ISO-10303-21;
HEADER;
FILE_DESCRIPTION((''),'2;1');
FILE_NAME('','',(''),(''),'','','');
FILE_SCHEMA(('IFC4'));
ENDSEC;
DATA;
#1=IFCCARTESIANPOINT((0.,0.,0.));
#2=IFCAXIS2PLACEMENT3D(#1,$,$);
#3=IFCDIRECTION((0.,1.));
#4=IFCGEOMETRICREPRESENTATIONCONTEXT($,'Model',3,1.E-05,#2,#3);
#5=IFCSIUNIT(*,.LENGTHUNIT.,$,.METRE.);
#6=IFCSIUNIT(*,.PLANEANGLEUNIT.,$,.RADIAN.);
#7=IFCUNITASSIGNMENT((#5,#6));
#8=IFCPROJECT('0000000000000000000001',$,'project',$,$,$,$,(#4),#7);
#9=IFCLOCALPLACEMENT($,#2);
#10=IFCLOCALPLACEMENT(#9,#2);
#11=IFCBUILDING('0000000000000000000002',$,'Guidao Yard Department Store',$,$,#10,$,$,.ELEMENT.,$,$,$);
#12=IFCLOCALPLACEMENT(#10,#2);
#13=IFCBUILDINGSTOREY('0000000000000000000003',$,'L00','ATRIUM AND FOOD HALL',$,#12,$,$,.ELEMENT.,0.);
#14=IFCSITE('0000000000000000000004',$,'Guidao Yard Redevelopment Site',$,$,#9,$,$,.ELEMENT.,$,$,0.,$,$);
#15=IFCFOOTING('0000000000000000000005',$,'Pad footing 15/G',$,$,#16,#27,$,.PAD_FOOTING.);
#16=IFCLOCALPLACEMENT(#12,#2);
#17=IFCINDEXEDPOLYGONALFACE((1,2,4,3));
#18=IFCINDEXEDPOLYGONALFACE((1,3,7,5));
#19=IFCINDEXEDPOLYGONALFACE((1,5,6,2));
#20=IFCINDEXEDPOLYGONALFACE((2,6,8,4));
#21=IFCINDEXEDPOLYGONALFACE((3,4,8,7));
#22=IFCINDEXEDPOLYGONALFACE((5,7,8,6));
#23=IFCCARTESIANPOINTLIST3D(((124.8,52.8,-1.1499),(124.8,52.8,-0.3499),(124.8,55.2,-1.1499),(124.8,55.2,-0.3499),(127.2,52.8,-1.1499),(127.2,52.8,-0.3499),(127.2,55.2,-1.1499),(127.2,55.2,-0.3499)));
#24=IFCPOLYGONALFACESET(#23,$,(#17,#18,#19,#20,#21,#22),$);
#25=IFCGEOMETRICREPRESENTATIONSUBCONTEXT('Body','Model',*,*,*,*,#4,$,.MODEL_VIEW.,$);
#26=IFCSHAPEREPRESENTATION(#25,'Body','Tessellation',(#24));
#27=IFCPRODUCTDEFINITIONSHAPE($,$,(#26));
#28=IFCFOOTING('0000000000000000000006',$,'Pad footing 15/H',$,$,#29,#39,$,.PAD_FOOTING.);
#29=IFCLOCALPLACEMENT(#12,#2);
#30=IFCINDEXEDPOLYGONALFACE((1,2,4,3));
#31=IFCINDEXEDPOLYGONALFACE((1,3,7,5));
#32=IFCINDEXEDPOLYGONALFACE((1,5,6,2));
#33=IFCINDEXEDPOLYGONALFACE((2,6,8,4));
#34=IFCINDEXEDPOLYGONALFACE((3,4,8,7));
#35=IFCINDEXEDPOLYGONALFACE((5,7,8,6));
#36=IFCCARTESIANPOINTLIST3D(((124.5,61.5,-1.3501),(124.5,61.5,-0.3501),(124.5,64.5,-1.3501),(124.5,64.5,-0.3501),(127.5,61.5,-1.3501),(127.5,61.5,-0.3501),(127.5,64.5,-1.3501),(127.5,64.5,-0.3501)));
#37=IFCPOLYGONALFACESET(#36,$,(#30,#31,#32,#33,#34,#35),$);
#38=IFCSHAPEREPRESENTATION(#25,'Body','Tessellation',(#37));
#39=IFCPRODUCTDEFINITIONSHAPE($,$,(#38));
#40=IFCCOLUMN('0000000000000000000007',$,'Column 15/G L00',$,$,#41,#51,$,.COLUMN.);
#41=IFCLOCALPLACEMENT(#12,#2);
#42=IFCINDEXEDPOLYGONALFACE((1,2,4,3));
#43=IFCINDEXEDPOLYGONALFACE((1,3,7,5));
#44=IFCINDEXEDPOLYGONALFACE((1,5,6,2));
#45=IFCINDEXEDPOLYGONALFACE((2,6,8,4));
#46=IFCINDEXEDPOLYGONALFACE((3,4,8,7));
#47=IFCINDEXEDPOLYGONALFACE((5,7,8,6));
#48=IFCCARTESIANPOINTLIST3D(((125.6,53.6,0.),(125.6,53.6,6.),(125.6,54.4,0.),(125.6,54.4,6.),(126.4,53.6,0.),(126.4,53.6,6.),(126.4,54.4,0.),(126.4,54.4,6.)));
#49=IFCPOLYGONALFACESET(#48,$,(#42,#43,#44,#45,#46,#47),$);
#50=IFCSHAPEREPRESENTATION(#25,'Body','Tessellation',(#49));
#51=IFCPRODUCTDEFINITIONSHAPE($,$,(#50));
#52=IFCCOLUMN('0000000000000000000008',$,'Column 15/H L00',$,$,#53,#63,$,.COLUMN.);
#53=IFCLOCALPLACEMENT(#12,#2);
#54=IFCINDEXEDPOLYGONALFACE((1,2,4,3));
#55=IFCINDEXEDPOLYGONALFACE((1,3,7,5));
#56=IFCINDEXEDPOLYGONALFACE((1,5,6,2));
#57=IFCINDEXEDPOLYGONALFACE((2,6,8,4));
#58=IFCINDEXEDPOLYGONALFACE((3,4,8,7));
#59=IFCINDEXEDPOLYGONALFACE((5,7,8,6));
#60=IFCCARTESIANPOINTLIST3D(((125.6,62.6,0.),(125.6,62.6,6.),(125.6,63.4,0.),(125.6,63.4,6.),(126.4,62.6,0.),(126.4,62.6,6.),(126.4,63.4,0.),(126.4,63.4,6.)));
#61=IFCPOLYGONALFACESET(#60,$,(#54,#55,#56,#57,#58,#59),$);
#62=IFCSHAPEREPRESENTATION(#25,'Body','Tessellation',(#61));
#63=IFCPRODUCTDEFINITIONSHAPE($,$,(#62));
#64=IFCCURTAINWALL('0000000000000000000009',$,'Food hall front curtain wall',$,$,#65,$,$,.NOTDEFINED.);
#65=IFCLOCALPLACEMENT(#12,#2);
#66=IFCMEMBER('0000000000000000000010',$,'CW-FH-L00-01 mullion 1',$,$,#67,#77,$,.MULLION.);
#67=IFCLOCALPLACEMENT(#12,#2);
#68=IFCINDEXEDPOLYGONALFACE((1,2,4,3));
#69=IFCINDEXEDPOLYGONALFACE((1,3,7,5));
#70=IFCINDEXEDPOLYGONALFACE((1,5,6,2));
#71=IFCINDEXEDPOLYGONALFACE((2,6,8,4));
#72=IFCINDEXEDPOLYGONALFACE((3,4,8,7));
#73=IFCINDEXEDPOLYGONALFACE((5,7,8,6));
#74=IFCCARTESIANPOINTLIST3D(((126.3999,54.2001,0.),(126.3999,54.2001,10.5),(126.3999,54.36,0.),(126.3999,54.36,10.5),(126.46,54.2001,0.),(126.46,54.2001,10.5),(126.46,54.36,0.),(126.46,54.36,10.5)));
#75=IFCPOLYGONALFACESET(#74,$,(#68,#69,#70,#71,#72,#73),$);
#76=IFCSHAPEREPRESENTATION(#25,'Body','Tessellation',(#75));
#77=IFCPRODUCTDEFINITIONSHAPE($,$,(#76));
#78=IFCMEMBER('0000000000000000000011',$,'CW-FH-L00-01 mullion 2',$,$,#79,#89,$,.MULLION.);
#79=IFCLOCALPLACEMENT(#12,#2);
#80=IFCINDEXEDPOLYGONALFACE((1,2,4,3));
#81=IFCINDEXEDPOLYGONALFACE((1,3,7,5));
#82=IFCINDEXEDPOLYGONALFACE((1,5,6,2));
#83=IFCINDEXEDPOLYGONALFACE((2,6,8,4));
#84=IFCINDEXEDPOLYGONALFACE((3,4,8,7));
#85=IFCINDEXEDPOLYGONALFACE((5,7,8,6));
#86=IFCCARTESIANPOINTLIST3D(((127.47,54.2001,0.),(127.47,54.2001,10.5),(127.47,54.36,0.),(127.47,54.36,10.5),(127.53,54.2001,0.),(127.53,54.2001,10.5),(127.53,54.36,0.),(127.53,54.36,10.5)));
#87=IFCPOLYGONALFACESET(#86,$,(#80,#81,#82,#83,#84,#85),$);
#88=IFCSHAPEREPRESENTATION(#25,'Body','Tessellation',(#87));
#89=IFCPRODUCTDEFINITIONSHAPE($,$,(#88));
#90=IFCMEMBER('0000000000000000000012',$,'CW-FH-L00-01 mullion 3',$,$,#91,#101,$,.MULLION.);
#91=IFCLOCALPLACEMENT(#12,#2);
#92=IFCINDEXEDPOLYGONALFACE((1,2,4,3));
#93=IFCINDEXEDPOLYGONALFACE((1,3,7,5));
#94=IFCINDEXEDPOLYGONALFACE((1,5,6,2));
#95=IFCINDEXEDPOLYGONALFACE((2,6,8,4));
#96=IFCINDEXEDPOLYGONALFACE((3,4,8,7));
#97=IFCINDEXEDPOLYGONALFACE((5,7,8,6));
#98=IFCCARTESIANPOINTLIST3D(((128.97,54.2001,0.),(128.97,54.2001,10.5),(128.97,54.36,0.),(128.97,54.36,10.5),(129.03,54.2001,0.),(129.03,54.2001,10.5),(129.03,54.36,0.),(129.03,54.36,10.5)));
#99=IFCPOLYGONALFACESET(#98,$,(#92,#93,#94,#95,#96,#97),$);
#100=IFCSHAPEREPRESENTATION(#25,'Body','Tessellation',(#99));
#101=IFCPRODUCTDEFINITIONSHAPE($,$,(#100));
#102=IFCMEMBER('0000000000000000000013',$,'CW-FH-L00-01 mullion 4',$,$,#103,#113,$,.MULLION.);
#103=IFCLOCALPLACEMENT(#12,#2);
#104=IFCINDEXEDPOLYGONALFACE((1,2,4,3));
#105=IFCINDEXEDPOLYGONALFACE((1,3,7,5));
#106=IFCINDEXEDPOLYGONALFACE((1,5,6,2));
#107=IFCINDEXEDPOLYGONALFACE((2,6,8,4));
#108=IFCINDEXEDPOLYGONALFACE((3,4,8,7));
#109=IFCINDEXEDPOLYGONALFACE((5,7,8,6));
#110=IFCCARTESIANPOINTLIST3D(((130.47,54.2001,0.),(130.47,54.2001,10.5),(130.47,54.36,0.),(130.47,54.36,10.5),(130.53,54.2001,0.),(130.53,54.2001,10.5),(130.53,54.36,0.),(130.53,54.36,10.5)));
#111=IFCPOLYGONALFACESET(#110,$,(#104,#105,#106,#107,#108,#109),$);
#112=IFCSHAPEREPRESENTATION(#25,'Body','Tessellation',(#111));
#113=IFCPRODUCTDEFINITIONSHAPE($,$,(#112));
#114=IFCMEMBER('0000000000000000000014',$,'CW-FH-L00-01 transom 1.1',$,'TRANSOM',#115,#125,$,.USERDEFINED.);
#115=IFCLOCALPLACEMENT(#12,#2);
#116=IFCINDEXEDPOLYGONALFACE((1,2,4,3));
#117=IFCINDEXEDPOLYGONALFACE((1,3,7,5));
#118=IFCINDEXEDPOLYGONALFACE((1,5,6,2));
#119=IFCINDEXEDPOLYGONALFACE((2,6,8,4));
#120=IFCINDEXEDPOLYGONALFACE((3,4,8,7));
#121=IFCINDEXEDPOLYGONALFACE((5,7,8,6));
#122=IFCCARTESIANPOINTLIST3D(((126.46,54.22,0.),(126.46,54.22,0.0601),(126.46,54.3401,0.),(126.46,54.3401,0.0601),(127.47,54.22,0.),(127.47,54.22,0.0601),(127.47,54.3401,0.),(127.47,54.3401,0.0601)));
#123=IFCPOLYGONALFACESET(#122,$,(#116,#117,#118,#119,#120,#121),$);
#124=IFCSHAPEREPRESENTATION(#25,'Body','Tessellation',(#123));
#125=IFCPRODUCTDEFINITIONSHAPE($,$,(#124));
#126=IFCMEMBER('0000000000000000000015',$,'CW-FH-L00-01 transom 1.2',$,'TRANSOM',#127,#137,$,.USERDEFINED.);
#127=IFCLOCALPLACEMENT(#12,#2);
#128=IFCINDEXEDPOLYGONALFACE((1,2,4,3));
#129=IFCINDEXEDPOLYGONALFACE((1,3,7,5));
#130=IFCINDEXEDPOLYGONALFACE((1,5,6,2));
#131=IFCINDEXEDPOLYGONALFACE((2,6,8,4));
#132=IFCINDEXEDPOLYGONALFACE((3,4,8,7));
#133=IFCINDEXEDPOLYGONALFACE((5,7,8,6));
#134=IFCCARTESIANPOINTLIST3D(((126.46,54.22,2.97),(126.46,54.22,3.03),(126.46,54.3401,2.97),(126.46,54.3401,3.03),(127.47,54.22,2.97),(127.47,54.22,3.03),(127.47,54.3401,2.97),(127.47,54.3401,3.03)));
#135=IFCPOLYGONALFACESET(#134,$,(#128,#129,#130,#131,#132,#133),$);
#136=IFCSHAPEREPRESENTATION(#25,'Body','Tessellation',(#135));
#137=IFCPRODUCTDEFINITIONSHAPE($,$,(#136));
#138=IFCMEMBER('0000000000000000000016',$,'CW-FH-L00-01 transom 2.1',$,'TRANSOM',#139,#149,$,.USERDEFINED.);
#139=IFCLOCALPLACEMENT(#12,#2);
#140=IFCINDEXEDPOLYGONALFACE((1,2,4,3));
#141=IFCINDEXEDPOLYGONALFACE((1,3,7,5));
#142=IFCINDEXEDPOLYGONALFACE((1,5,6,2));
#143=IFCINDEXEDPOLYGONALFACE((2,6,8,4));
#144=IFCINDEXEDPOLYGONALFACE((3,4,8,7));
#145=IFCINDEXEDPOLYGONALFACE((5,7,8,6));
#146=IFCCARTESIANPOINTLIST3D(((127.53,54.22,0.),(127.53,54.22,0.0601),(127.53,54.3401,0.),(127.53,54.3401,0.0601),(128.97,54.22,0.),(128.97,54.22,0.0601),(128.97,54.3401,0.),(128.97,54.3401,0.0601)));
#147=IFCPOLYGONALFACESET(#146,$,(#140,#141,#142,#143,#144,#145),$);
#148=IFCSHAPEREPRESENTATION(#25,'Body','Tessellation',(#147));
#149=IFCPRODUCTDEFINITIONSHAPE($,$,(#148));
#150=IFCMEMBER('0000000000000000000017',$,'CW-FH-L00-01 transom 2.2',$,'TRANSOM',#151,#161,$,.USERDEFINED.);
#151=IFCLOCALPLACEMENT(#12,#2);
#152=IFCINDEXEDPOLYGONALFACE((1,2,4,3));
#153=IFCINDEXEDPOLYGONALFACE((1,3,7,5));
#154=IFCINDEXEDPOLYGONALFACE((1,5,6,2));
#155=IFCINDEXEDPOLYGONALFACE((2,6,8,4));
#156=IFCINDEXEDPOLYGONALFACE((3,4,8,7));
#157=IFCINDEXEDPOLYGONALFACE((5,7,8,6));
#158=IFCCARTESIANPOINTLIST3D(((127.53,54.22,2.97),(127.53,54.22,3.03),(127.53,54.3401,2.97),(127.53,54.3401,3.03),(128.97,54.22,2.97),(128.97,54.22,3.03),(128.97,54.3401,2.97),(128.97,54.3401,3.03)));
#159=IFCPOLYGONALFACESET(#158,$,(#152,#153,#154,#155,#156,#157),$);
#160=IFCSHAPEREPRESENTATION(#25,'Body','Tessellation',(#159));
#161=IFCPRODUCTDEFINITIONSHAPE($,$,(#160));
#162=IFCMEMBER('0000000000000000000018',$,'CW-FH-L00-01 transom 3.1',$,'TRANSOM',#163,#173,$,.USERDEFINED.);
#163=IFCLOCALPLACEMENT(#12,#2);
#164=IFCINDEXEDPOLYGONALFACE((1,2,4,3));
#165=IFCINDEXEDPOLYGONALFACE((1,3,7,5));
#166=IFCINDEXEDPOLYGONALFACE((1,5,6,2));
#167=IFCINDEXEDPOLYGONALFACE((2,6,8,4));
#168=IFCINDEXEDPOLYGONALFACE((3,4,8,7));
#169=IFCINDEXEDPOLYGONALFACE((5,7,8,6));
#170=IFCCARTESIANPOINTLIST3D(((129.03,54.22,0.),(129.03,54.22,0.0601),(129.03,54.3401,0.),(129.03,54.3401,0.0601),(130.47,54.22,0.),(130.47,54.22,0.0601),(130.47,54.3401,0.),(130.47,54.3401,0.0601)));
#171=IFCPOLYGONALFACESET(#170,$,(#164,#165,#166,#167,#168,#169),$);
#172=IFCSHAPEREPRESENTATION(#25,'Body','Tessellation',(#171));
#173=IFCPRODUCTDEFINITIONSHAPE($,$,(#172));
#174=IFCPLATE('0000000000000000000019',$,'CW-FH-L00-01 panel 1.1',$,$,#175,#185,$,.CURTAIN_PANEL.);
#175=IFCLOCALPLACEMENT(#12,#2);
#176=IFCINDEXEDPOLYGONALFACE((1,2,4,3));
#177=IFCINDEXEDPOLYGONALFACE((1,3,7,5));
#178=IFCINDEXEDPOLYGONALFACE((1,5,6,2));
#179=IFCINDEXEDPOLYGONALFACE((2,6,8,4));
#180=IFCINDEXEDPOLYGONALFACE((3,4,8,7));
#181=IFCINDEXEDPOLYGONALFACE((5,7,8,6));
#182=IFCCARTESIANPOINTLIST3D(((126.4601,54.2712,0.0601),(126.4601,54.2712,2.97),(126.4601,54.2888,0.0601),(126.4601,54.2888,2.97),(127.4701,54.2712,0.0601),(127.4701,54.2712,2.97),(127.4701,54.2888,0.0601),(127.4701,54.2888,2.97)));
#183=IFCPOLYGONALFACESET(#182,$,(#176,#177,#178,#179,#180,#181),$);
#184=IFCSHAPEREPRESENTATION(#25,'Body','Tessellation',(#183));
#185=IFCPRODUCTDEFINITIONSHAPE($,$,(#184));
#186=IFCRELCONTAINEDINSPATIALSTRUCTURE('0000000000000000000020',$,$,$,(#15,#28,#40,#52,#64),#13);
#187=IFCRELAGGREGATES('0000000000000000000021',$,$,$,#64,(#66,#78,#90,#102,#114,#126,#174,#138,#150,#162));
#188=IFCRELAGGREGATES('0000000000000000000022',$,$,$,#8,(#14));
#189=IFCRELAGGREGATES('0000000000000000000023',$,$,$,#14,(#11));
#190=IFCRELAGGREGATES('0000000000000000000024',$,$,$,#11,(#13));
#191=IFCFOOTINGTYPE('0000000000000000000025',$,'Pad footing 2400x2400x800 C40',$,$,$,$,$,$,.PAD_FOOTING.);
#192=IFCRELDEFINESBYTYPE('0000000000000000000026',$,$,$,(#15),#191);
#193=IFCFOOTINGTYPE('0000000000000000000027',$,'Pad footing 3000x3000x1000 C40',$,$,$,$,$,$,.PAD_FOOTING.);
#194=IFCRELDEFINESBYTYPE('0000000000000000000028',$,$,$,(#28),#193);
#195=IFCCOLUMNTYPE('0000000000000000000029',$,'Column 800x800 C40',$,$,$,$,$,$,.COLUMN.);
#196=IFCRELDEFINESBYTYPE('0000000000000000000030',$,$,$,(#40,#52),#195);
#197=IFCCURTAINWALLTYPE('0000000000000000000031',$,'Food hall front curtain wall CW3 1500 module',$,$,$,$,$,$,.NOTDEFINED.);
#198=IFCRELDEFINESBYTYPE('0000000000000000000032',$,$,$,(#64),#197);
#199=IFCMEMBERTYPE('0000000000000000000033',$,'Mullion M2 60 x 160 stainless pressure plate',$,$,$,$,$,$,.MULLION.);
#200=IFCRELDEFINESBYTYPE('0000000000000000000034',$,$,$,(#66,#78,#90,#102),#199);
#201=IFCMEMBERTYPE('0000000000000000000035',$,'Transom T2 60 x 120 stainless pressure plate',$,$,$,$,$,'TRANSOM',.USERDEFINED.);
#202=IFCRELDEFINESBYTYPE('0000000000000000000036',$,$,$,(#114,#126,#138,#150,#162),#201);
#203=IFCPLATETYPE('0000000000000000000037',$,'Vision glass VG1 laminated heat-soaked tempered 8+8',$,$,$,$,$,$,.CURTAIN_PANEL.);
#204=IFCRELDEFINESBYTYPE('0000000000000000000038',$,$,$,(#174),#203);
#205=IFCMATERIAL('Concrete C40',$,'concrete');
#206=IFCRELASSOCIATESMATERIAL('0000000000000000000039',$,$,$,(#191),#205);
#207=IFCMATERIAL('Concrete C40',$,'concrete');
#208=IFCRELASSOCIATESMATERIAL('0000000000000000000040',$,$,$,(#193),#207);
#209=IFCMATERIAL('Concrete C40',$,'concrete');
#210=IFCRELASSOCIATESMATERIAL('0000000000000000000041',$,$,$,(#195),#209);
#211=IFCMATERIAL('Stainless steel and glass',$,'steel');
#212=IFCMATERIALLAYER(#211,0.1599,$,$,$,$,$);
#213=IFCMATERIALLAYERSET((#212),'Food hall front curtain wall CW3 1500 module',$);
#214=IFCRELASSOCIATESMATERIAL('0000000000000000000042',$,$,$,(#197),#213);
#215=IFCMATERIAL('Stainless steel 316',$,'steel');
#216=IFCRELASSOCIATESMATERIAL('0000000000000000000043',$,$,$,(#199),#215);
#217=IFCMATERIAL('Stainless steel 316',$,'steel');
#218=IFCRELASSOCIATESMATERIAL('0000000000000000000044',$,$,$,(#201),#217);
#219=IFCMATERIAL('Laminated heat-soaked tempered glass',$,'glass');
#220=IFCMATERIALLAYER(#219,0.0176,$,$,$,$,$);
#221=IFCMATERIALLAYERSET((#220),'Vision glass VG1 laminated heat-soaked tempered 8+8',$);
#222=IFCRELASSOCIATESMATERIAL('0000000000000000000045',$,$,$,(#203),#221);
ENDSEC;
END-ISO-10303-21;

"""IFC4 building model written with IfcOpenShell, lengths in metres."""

from ifc_helpers import new_model, si_unit, direction, frame, origin, origin_2d, place, context, subcontext, project, spatial, rectangle, extrude, material, layer, layer_set, material_profile, profile_set, type_object, element, aggregate, save


model = new_model("IFC4")

# Units and contexts
model_context = context("Model", 3, precision=1e-05, world=origin(), true_north=direction((0.0, 1.0)))
body_context = subcontext(model_context, "Body", "Model", "MODEL_VIEW")
ifc_project = project(units=[si_unit("LENGTHUNIT", "METRE"), si_unit("PLANEANGLEUNIT", "RADIAN")], contexts=[model_context])

# Site, building, storey
site_placement = place(None, origin())
site = spatial("IfcSite", under=ifc_project, at=site_placement, Name="Guidao Yard Redevelopment Site", CompositionType="ELEMENT", RefElevation=0.0)
building_placement = place(site_placement, origin())
building = spatial("IfcBuilding", under=site, at=building_placement, Name="Guidao Yard Department Store", CompositionType="ELEMENT")
storey_placement = place(building_placement, origin())
storey = spatial("IfcBuildingStorey", under=building, at=storey_placement, Name="L00", Description="ATRIUM AND FOOD HALL", CompositionType="ELEMENT", Elevation=0.0)

# Footings
ifc_material_1 = material(Name="Concrete C40", Category="concrete")
footing_type_1 = type_object("IfcFootingType", Name="Pad footing 2400x2400x800 C40", PredefinedType="PAD_FOOTING", material=ifc_material_1)
footing_1_placement = place(storey_placement, frame((126.0, 54.0, -1.1499), z_axis=(0.0, 0.0, 1.0), x_axis=(1.0, 0.0, 0.0)))
element("IfcFooting", 1, at=footing_1_placement, inside=storey, type_object=footing_type_1, Name="Pad footing 15/G", PredefinedType="PAD_FOOTING", context=body_context, shape_type="SweptSolid", body=[
    extrude(rectangle(XDim=2.3999, YDim=2.3999, at=origin_2d()), origin(), (0.0, 0.0, 1.0), 0.8),
])
ifc_material_2 = material(Name="Concrete C40", Category="concrete")
footing_type_2 = type_object("IfcFootingType", Name="Pad footing 3000x3000x1000 C40", PredefinedType="PAD_FOOTING", material=ifc_material_2)
footing_2_placement = place(storey_placement, frame((126.0, 63.0, -1.3501), z_axis=(0.0, 0.0, 1.0), x_axis=(1.0, 0.0, 0.0)))
element("IfcFooting", 2, at=footing_2_placement, inside=storey, type_object=footing_type_2, Name="Pad footing 15/H", PredefinedType="PAD_FOOTING", context=body_context, shape_type="SweptSolid", body=[
    extrude(rectangle(XDim=3.0, YDim=3.0, at=origin_2d()), origin(), (0.0, 0.0, 1.0), 1.0),
])

# Columns
ifc_material_3 = material(Name="Concrete C40", Category="concrete")
ifc_material_profile_1 = material_profile(ifc_material_3, rectangle(XDim=0.8, YDim=0.8, at=origin_2d()), Name="COL 800x800")
ifc_profile_set_1 = profile_set([ifc_material_profile_1], Name="Concrete C40")
column_type = type_object("IfcColumnType", Name="Column 800x800 C40", PredefinedType="COLUMN", material=ifc_profile_set_1)
for number, where, z_axis, x_axis, name in (
    (3, (126.0, 54.0, 0.0), (0.0, 0.0, 1.0), (1.0, 0.0, 0.0), "Column 15/G L00"),
    (4, (126.0, 63.0, 0.0), (0.0, 0.0, 1.0), (1.0, 0.0, 0.0), "Column 15/H L00"),
):
    element("IfcColumn", number, at=place(storey_placement, frame(where, z_axis=z_axis, x_axis=x_axis)), inside=storey, type_object=column_type, Name=name, PredefinedType="COLUMN", context=body_context, shape_type="SweptSolid", body=[
        extrude(rectangle(XDim=0.8, YDim=0.8, at=origin_2d()), origin(), (0.0, 0.0, 1.0), 6.0),
    ])

# Curtain wall, members, plate
ifc_material_4 = material(Name="Stainless steel and glass", Category="steel")
ifc_layer_1 = layer(ifc_material_4, 0.1599)
ifc_layer_set_1 = layer_set([ifc_layer_1], Name="Food hall front curtain wall CW3 1500 module")
curtain_wall_type = type_object("IfcCurtainWallType", Name="Food hall front curtain wall CW3 1500 module", PredefinedType="NOTDEFINED", material=ifc_layer_set_1)
curtain_wall_placement = place(storey_placement, origin())
curtain_wall = element("IfcCurtainWall", 5, at=curtain_wall_placement, inside=storey, type_object=curtain_wall_type, Name="Food hall front curtain wall", PredefinedType="NOTDEFINED")
ifc_material_5 = material(Name="Stainless steel 316", Category="steel")
ifc_material_profile_2 = material_profile(ifc_material_5, rectangle(XDim=0.0601, YDim=0.1599, at=origin_2d()), Name="Mullion M2 60 x 160 stainless pressure plate")
ifc_profile_set_2 = profile_set([ifc_material_profile_2], Name="Stainless steel 316")
member_type_1 = type_object("IfcMemberType", Name="Mullion M2 60 x 160 stainless pressure plate", PredefinedType="MULLION", material=ifc_profile_set_2)
member_1_placement = place(storey_placement, frame((126.4299, 54.28, 0.0), z_axis=(0.0, 0.0, 1.0), x_axis=(-1.0, 0.0, 0.0)))
member_1 = element("IfcMember", 6, at=member_1_placement, type_object=member_type_1, Name="CW-FH-L00-01 mullion 1", PredefinedType="MULLION", context=body_context, shape_type="SweptSolid", body=[
    extrude(rectangle(XDim=0.0601, YDim=0.1599, at=origin_2d()), origin(), (0.0, 0.0, 1.0), 10.5),
])
member_2_placement = place(storey_placement, frame((127.5, 54.28, 0.0), z_axis=(0.0, 0.0, 1.0), x_axis=(-1.0, 0.0, 0.0)))
member_2 = element("IfcMember", 7, at=member_2_placement, type_object=member_type_1, Name="CW-FH-L00-01 mullion 2", PredefinedType="MULLION", context=body_context, shape_type="SweptSolid", body=[
    extrude(rectangle(XDim=0.0601, YDim=0.1599, at=origin_2d()), origin(), (0.0, 0.0, 1.0), 10.5),
])
member_3_placement = place(storey_placement, frame((129.0, 54.28, 0.0), z_axis=(0.0, 0.0, 1.0), x_axis=(-1.0, 0.0, 0.0)))
member_3 = element("IfcMember", 8, at=member_3_placement, type_object=member_type_1, Name="CW-FH-L00-01 mullion 3", PredefinedType="MULLION", context=body_context, shape_type="SweptSolid", body=[
    extrude(rectangle(XDim=0.0601, YDim=0.1599, at=origin_2d()), origin(), (0.0, 0.0, 1.0), 10.5),
])
member_4_placement = place(storey_placement, frame((130.5, 54.28, 0.0), z_axis=(0.0, 0.0, 1.0), x_axis=(-1.0, 0.0, 0.0)))
member_4 = element("IfcMember", 9, at=member_4_placement, type_object=member_type_1, Name="CW-FH-L00-01 mullion 4", PredefinedType="MULLION", context=body_context, shape_type="SweptSolid", body=[
    extrude(rectangle(XDim=0.0601, YDim=0.1599, at=origin_2d()), origin(), (0.0, 0.0, 1.0), 10.5),
])
ifc_material_6 = material(Name="Stainless steel 316", Category="steel")
ifc_material_profile_3 = material_profile(ifc_material_6, rectangle(XDim=0.1201, YDim=0.0601, at=origin_2d()), Name="Transom T2 60 x 120 stainless pressure plate")
ifc_profile_set_3 = profile_set([ifc_material_profile_3], Name="Stainless steel 316")
member_type_2 = type_object("IfcMemberType", Name="Transom T2 60 x 120 stainless pressure plate", ElementType="TRANSOM", PredefinedType="USERDEFINED", material=ifc_profile_set_3)
member_5_placement = place(storey_placement, frame((127.47, 54.28, 0.03), z_axis=(-1.0, 0.0, 0.0), x_axis=(0.0, -1.0, 0.0)))
member_5 = element("IfcMember", 10, at=member_5_placement, type_object=member_type_2, Name="CW-FH-L00-01 transom 1.1", ObjectType="TRANSOM", PredefinedType="USERDEFINED", context=body_context, shape_type="SweptSolid", body=[
    extrude(rectangle(XDim=0.1201, YDim=0.0601, at=origin_2d()), origin(), (0.0, 0.0, 1.0), 1.01),
])
member_6_placement = place(storey_placement, frame((127.47, 54.28, 3.0), z_axis=(-1.0, 0.0, 0.0), x_axis=(0.0, -1.0, 0.0)))
member_6 = element("IfcMember", 11, at=member_6_placement, type_object=member_type_2, Name="CW-FH-L00-01 transom 1.2", ObjectType="TRANSOM", PredefinedType="USERDEFINED", context=body_context, shape_type="SweptSolid", body=[
    extrude(rectangle(XDim=0.1201, YDim=0.0601, at=origin_2d()), origin(), (0.0, 0.0, 1.0), 1.01),
])
member_7_placement = place(storey_placement, frame((128.97, 54.28, 0.03), z_axis=(-1.0, 0.0, 0.0), x_axis=(0.0, -1.0, 0.0)))
member_7 = element("IfcMember", 12, at=member_7_placement, type_object=member_type_2, Name="CW-FH-L00-01 transom 2.1", ObjectType="TRANSOM", PredefinedType="USERDEFINED", context=body_context, shape_type="SweptSolid", body=[
    extrude(rectangle(XDim=0.1201, YDim=0.0601, at=origin_2d()), origin(), (0.0, 0.0, 1.0), 1.4399),
])
member_8_placement = place(storey_placement, frame((128.97, 54.28, 3.0), z_axis=(-1.0, 0.0, 0.0), x_axis=(0.0, -1.0, 0.0)))
member_8 = element("IfcMember", 13, at=member_8_placement, type_object=member_type_2, Name="CW-FH-L00-01 transom 2.2", ObjectType="TRANSOM", PredefinedType="USERDEFINED", context=body_context, shape_type="SweptSolid", body=[
    extrude(rectangle(XDim=0.1201, YDim=0.0601, at=origin_2d()), origin(), (0.0, 0.0, 1.0), 1.4399),
])
member_9_placement = place(storey_placement, frame((130.47, 54.28, 0.03), z_axis=(-1.0, 0.0, 0.0), x_axis=(0.0, -1.0, 0.0)))
member_9 = element("IfcMember", 14, at=member_9_placement, type_object=member_type_2, Name="CW-FH-L00-01 transom 3.1", ObjectType="TRANSOM", PredefinedType="USERDEFINED", context=body_context, shape_type="SweptSolid", body=[
    extrude(rectangle(XDim=0.1201, YDim=0.0601, at=origin_2d()), origin(), (0.0, 0.0, 1.0), 1.4399),
])
ifc_material_7 = material(Name="Laminated heat-soaked tempered glass", Category="glass")
ifc_layer_2 = layer(ifc_material_7, 0.0176)
ifc_layer_set_2 = layer_set([ifc_layer_2], Name="Vision glass VG1 laminated heat-soaked tempered 8+8")
plate_type = type_object("IfcPlateType", Name="Vision glass VG1 laminated heat-soaked tempered 8+8", PredefinedType="CURTAIN_PANEL", material=ifc_layer_set_2)
plate_1_placement = place(storey_placement, frame((126.9651, 54.28, 0.0601), z_axis=(0.0, 0.0, 1.0), x_axis=(-1.0, 0.0, 0.0)))
plate_1 = element("IfcPlate", 15, at=plate_1_placement, type_object=plate_type, Name="CW-FH-L00-01 panel 1.1", PredefinedType="CURTAIN_PANEL", context=body_context, shape_type="SweptSolid", body=[
    extrude(rectangle(XDim=1.01, YDim=0.0176, at=origin_2d()), origin(), (0.0, 0.0, 1.0), 2.9099),
])
aggregate(curtain_wall, [member_1, member_2, member_3, member_4, member_5, member_6, plate_1, member_7, member_8, member_9])

save(model, "model.ifc")
